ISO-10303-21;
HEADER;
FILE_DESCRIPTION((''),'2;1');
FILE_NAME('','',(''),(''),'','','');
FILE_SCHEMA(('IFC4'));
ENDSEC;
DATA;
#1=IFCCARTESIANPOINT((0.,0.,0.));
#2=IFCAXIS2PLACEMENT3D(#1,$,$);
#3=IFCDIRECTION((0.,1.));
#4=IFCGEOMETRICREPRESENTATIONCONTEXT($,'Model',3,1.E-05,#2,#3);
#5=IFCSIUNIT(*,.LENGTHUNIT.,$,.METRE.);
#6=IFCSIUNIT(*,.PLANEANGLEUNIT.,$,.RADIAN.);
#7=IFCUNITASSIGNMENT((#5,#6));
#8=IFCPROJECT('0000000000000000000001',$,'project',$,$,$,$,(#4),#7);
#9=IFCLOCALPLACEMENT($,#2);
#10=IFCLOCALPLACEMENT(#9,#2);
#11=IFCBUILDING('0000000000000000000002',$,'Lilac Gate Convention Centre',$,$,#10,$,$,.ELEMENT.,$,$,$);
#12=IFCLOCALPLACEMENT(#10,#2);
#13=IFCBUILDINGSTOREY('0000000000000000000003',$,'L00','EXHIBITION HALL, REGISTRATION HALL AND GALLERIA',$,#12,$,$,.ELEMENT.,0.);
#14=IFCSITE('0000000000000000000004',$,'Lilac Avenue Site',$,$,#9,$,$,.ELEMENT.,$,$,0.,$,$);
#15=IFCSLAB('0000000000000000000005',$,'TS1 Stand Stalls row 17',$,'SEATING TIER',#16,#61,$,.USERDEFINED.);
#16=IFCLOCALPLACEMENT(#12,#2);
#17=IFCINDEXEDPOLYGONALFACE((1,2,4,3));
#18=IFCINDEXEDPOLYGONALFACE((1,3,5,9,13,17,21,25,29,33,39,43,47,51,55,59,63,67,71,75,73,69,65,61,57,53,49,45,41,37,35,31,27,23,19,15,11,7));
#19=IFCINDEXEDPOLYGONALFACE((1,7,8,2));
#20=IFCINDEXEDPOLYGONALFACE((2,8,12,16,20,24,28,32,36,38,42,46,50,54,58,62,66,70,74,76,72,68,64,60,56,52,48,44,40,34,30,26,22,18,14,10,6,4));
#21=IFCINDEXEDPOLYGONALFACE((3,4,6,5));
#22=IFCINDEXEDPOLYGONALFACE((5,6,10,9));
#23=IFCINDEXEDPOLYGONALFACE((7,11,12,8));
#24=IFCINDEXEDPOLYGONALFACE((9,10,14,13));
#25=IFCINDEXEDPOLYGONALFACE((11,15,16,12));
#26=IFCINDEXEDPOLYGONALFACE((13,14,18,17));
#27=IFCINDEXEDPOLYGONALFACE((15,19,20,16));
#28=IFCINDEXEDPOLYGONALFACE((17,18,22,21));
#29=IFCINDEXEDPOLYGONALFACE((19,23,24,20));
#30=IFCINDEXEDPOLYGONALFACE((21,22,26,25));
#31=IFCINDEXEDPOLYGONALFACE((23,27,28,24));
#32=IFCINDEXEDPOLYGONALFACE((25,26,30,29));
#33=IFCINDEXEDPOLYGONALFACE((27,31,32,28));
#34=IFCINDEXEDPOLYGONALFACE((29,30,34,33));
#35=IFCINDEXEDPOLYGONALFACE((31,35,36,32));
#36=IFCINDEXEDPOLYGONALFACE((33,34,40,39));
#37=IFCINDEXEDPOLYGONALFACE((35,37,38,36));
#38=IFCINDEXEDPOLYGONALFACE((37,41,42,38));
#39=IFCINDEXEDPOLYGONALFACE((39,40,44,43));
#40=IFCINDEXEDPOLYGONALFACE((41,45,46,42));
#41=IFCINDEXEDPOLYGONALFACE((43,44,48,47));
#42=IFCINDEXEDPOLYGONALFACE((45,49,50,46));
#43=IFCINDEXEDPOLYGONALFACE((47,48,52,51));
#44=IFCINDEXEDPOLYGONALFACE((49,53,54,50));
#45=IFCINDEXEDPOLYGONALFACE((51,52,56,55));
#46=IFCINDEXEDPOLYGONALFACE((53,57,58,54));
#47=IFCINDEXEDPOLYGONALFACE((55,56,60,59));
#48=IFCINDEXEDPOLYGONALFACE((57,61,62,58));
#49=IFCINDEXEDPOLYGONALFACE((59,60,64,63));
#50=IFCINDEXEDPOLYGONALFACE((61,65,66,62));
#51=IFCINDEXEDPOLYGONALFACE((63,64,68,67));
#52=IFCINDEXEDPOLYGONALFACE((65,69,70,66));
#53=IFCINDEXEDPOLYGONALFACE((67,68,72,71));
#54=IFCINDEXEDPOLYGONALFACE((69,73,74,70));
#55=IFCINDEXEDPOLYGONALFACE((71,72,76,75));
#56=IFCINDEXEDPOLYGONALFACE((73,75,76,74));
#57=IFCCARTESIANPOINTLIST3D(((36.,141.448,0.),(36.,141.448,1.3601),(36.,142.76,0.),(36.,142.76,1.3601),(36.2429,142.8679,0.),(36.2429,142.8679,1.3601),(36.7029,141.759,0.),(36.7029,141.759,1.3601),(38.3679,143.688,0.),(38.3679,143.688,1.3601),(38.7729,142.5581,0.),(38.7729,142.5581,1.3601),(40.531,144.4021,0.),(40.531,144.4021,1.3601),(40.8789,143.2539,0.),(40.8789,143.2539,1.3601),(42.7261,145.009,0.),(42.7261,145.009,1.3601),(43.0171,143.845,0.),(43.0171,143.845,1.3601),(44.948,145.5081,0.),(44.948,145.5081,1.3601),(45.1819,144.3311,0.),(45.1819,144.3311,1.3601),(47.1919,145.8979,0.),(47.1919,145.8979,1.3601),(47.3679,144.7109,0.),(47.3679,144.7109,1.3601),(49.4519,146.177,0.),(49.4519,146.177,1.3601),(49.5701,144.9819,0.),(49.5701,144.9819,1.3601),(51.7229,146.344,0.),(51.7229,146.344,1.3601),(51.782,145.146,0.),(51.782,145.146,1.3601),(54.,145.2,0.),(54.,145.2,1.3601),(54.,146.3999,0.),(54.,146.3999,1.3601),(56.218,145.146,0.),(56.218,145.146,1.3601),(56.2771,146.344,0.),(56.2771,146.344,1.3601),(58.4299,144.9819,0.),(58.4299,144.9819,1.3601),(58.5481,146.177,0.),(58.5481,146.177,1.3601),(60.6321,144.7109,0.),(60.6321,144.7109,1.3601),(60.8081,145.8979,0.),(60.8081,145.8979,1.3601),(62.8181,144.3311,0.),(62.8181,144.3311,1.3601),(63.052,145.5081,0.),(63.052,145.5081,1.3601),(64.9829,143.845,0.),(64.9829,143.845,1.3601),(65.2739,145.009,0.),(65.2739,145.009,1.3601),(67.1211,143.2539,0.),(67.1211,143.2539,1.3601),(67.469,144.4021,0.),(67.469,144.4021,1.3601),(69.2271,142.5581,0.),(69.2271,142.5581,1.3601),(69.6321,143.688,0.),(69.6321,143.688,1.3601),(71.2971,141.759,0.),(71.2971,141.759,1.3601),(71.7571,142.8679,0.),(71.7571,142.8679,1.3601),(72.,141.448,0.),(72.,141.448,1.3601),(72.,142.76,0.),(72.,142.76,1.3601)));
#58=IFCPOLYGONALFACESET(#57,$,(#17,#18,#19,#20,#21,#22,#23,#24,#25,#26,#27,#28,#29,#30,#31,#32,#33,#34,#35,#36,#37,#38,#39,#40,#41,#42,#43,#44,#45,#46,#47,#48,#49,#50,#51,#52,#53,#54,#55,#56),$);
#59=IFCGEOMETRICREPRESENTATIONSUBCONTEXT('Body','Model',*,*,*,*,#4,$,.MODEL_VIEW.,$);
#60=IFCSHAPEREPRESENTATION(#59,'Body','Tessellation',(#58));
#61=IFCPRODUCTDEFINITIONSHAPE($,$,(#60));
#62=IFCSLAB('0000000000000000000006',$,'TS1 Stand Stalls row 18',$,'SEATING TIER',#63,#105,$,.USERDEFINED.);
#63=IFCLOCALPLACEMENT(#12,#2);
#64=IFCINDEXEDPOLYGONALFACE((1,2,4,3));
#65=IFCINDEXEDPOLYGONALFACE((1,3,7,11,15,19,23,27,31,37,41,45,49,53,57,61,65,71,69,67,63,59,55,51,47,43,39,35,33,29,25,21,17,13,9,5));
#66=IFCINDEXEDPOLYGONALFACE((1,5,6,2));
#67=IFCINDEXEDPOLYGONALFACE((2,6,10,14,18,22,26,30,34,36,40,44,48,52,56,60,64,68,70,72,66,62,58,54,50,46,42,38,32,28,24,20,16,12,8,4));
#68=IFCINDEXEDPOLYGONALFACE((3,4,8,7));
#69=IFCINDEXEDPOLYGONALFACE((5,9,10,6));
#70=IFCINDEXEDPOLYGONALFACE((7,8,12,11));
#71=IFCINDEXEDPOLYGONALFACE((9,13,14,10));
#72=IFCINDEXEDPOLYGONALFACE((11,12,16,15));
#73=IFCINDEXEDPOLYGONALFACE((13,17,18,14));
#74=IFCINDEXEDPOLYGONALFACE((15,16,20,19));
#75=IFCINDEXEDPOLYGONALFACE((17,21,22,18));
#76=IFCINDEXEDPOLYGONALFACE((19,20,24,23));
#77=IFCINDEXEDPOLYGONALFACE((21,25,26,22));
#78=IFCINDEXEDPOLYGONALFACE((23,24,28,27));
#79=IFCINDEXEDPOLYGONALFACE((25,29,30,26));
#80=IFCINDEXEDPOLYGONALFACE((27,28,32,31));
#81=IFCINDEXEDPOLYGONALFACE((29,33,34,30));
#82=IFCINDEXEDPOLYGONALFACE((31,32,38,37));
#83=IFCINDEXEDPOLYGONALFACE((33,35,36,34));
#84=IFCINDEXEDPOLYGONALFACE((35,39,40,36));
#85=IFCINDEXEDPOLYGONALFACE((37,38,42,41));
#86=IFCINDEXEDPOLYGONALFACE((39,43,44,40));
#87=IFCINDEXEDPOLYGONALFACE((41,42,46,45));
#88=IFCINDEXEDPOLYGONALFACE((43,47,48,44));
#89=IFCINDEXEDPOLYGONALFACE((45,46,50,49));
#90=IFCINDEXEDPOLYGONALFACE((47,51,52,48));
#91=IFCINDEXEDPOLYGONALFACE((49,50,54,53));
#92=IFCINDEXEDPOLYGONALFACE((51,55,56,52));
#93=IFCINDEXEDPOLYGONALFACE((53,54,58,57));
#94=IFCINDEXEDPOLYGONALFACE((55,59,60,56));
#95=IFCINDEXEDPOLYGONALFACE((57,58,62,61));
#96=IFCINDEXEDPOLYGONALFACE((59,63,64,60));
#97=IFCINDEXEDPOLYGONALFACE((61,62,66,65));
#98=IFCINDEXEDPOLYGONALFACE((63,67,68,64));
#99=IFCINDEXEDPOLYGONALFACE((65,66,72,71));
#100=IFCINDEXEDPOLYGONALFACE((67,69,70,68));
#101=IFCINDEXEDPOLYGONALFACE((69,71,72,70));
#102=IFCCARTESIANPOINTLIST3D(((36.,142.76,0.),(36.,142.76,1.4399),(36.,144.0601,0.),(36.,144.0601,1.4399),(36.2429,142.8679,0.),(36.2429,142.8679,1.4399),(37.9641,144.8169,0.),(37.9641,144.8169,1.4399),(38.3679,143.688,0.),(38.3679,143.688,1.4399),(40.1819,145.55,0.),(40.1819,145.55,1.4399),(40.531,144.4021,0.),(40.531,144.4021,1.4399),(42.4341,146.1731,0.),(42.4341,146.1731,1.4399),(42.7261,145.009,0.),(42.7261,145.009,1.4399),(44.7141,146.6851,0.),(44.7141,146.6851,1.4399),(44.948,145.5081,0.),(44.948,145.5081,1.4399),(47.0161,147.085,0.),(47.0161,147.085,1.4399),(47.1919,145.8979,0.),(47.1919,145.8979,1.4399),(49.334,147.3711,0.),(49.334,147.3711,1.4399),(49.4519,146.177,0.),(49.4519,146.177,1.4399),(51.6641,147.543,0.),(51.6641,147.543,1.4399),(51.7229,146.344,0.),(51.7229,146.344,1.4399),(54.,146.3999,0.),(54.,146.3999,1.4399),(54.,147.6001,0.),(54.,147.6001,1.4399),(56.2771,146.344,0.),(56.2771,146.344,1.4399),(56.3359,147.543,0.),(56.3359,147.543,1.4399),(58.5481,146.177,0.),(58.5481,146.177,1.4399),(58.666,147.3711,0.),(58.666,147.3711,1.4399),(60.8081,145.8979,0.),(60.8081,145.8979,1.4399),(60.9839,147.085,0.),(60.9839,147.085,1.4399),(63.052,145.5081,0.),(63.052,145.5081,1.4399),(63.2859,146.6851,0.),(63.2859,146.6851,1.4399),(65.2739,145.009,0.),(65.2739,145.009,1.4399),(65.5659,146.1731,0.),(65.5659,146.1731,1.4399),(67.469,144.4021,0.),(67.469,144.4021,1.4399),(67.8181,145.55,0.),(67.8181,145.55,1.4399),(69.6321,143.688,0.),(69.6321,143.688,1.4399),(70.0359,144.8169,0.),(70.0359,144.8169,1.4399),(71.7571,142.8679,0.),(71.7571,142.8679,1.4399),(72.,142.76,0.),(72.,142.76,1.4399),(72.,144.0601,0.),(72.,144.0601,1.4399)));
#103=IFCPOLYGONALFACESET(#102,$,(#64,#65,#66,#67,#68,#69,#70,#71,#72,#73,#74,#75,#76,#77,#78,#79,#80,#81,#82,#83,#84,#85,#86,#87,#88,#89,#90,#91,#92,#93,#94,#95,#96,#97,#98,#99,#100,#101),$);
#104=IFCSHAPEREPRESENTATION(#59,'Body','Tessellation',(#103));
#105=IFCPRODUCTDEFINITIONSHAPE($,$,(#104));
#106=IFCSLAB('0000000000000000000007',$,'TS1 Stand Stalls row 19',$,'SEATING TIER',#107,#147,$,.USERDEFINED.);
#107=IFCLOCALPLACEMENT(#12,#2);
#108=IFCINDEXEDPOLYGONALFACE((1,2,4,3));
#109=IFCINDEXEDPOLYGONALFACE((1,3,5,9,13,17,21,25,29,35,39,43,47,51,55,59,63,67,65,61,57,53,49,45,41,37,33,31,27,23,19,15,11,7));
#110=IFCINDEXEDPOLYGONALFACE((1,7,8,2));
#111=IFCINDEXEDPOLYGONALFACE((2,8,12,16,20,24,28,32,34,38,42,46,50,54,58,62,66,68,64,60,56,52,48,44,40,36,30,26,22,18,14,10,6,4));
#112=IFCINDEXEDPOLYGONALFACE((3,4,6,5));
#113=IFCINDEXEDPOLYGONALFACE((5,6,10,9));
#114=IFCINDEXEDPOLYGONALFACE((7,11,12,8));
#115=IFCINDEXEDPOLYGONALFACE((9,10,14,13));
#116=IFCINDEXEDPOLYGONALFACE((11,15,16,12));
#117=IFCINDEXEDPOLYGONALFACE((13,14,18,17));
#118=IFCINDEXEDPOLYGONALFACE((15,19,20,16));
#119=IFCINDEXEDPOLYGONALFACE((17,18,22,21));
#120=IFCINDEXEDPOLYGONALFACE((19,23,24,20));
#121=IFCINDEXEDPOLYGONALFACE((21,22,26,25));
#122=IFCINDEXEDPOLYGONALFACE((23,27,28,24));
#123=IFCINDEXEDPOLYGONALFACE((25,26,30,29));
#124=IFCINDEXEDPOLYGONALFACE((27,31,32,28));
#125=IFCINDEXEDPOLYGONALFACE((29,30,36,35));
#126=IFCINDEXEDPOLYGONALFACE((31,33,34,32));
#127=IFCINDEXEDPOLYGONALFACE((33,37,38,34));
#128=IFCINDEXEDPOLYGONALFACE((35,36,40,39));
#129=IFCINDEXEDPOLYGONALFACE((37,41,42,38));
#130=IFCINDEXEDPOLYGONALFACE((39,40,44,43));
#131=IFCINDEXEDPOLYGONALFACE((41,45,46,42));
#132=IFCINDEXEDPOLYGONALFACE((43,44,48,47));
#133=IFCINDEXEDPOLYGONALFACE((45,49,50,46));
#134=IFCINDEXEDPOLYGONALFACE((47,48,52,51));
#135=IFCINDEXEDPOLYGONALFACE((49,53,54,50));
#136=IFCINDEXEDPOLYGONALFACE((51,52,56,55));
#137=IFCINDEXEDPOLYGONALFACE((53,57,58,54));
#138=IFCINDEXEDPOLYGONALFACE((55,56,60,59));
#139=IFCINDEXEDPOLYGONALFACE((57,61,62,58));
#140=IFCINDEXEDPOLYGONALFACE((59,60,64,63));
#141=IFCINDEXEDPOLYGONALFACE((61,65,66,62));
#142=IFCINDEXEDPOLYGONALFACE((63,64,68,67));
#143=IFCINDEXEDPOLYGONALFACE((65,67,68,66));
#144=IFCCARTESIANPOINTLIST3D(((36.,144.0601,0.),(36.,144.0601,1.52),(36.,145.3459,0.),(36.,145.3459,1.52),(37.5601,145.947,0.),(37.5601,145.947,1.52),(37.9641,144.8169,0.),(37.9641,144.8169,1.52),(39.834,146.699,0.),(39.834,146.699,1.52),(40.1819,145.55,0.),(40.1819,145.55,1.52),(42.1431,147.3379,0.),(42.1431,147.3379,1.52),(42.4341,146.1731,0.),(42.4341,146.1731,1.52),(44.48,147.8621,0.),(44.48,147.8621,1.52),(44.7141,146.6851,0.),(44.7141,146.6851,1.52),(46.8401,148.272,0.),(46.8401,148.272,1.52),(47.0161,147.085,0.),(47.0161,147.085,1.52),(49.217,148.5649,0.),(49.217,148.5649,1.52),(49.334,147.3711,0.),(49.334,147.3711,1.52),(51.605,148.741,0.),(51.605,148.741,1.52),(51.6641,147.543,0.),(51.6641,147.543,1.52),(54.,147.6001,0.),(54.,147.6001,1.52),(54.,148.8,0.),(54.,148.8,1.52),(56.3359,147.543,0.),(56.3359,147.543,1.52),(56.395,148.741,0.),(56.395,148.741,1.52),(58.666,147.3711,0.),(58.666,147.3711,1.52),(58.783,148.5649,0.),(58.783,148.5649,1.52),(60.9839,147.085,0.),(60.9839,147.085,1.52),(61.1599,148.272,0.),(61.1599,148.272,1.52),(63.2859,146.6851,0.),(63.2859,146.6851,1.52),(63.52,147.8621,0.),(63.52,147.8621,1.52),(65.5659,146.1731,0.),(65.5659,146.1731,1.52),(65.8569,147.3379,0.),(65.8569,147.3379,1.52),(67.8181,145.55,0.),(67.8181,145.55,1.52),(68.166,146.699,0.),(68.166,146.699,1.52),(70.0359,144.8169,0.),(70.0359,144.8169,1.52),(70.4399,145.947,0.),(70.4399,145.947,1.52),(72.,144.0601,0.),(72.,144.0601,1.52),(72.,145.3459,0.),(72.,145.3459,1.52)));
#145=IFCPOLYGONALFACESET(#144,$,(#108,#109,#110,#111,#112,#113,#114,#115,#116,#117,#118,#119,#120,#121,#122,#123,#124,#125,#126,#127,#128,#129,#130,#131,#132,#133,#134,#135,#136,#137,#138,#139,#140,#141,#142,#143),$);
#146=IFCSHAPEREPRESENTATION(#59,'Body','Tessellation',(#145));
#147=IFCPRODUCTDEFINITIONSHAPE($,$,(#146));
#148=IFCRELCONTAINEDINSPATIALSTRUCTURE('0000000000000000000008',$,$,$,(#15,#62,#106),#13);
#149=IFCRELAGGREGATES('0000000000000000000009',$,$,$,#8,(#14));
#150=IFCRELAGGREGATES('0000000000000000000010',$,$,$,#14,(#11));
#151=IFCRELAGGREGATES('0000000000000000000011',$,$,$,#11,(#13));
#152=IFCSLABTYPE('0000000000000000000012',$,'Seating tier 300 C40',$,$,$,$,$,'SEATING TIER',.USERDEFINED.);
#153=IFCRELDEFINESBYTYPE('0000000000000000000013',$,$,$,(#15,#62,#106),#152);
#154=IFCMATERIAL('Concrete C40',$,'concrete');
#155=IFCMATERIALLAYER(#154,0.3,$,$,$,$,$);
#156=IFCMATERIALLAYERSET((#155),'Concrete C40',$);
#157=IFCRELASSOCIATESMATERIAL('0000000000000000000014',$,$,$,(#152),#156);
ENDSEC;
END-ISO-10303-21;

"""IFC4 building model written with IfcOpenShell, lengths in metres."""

from ifc_helpers import new_model, si_unit, direction, origin, place, context, subcontext, project, spatial, polyline, outline, extrude, material, layer, layer_set, type_object, element, save


model = new_model("IFC4")

# Units and contexts
model_context = context("Model", 3, precision=1e-05, world=origin(), true_north=direction((0.0, 1.0)))
body_context = subcontext(model_context, "Body", "Model", "MODEL_VIEW")
ifc_project = project(units=[si_unit("LENGTHUNIT", "METRE"), si_unit("PLANEANGLEUNIT", "RADIAN")], contexts=[model_context])

# Site, building, storey
site_placement = place(None, origin())
site = spatial("IfcSite", under=ifc_project, at=site_placement, Name="Lilac Avenue Site", CompositionType="ELEMENT", RefElevation=0.0)
building_placement = place(site_placement, origin())
building = spatial("IfcBuilding", under=site, at=building_placement, Name="Lilac Gate Convention Centre", CompositionType="ELEMENT")
storey_placement = place(building_placement, origin())
storey = spatial("IfcBuildingStorey", under=building, at=storey_placement, Name="L00", Description="EXHIBITION HALL, REGISTRATION HALL AND GALLERIA", CompositionType="ELEMENT", Elevation=0.0)

# Slabs
ifc_material_1 = material(Name="Concrete C40", Category="concrete")
ifc_layer_1 = layer(ifc_material_1, 0.3)
ifc_layer_set_1 = layer_set([ifc_layer_1], Name="Concrete C40")
slab_type_1 = type_object("IfcSlabType", Name="Seating tier 300 C40", ElementType="SEATING TIER", PredefinedType="USERDEFINED", material=ifc_layer_set_1)
slab_1_placement = place(storey_placement, origin())
element("IfcSlab", 1, at=slab_1_placement, inside=storey, type_object=slab_type_1, Name="TS1 Stand Stalls row 17", ObjectType="SEATING TIER", PredefinedType="USERDEFINED", context=body_context, shape_type="SweptSolid", body=[
    extrude(outline(polyline([(36.2429, 142.8679), (38.3679, 143.688), (40.531, 144.4021), (42.7261, 145.009), (44.948, 145.5081), (47.1919, 145.8979), (49.4519, 146.177), (51.7229, 146.344), (54.0, 146.3999), (56.2771, 146.344), (58.5481, 146.177), (60.8081, 145.8979), (63.052, 145.5081), (65.2739, 145.009), (67.469, 144.4021), (69.6321, 143.688), (71.7571, 142.8679), (72.0, 142.76), (72.0, 141.448), (71.2971, 141.759), (69.2271, 142.5581), (67.1211, 143.2539), (64.9829, 143.845), (62.8181, 144.3311), (60.6321, 144.7109), (58.4299, 144.9819), (56.218, 145.146), (54.0, 145.2), (51.782, 145.146), (49.5701, 144.9819), (47.3679, 144.7109), (45.1819, 144.3311), (43.0171, 143.845), (40.8789, 143.2539), (38.7729, 142.5581), (36.7029, 141.759), (36.0, 141.448), (36.0, 142.76), (36.2429, 142.8679)])), origin(), (0.0, 0.0, 1.0), 1.3601),
])
slab_2_placement = place(storey_placement, origin())
element("IfcSlab", 2, at=slab_2_placement, inside=storey, type_object=slab_type_1, Name="TS1 Stand Stalls row 18", ObjectType="SEATING TIER", PredefinedType="USERDEFINED", context=body_context, shape_type="SweptSolid", body=[
    extrude(outline(polyline([(37.9641, 144.8169), (40.1819, 145.55), (42.4341, 146.1731), (44.7141, 146.6851), (47.0161, 147.085), (49.334, 147.3711), (51.6641, 147.543), (54.0, 147.6001), (56.3359, 147.543), (58.666, 147.3711), (60.9839, 147.085), (63.2859, 146.6851), (65.5659, 146.1731), (67.8181, 145.55), (70.0359, 144.8169), (72.0, 144.0601), (72.0, 142.76), (71.7571, 142.8679), (69.6321, 143.688), (67.469, 144.4021), (65.2739, 145.009), (63.052, 145.5081), (60.8081, 145.8979), (58.5481, 146.177), (56.2771, 146.344), (54.0, 146.3999), (51.7229, 146.344), (49.4519, 146.177), (47.1919, 145.8979), (44.948, 145.5081), (42.7261, 145.009), (40.531, 144.4021), (38.3679, 143.688), (36.2429, 142.8679), (36.0, 142.76), (36.0, 144.0601), (37.9641, 144.8169)])), origin(), (0.0, 0.0, 1.0), 1.4399),
])
slab_3_placement = place(storey_placement, origin())
element("IfcSlab", 3, at=slab_3_placement, inside=storey, type_object=slab_type_1, Name="TS1 Stand Stalls row 19", ObjectType="SEATING TIER", PredefinedType="USERDEFINED", context=body_context, shape_type="SweptSolid", body=[
    extrude(outline(polyline([(37.5601, 145.947), (39.834, 146.699), (42.1431, 147.3379), (44.48, 147.8621), (46.8401, 148.272), (49.217, 148.5649), (51.605, 148.741), (54.0, 148.8), (56.395, 148.741), (58.783, 148.5649), (61.1599, 148.272), (63.52, 147.8621), (65.8569, 147.3379), (68.166, 146.699), (70.4399, 145.947), (72.0, 145.3459), (72.0, 144.0601), (70.0359, 144.8169), (67.8181, 145.55), (65.5659, 146.1731), (63.2859, 146.6851), (60.9839, 147.085), (58.666, 147.3711), (56.3359, 147.543), (54.0, 147.6001), (51.6641, 147.543), (49.334, 147.3711), (47.0161, 147.085), (44.7141, 146.6851), (42.4341, 146.1731), (40.1819, 145.55), (37.9641, 144.8169), (36.0, 144.0601), (36.0, 145.3459), (37.5601, 145.947)])), origin(), (0.0, 0.0, 1.0), 1.52),
])

save(model, "model.ifc")
